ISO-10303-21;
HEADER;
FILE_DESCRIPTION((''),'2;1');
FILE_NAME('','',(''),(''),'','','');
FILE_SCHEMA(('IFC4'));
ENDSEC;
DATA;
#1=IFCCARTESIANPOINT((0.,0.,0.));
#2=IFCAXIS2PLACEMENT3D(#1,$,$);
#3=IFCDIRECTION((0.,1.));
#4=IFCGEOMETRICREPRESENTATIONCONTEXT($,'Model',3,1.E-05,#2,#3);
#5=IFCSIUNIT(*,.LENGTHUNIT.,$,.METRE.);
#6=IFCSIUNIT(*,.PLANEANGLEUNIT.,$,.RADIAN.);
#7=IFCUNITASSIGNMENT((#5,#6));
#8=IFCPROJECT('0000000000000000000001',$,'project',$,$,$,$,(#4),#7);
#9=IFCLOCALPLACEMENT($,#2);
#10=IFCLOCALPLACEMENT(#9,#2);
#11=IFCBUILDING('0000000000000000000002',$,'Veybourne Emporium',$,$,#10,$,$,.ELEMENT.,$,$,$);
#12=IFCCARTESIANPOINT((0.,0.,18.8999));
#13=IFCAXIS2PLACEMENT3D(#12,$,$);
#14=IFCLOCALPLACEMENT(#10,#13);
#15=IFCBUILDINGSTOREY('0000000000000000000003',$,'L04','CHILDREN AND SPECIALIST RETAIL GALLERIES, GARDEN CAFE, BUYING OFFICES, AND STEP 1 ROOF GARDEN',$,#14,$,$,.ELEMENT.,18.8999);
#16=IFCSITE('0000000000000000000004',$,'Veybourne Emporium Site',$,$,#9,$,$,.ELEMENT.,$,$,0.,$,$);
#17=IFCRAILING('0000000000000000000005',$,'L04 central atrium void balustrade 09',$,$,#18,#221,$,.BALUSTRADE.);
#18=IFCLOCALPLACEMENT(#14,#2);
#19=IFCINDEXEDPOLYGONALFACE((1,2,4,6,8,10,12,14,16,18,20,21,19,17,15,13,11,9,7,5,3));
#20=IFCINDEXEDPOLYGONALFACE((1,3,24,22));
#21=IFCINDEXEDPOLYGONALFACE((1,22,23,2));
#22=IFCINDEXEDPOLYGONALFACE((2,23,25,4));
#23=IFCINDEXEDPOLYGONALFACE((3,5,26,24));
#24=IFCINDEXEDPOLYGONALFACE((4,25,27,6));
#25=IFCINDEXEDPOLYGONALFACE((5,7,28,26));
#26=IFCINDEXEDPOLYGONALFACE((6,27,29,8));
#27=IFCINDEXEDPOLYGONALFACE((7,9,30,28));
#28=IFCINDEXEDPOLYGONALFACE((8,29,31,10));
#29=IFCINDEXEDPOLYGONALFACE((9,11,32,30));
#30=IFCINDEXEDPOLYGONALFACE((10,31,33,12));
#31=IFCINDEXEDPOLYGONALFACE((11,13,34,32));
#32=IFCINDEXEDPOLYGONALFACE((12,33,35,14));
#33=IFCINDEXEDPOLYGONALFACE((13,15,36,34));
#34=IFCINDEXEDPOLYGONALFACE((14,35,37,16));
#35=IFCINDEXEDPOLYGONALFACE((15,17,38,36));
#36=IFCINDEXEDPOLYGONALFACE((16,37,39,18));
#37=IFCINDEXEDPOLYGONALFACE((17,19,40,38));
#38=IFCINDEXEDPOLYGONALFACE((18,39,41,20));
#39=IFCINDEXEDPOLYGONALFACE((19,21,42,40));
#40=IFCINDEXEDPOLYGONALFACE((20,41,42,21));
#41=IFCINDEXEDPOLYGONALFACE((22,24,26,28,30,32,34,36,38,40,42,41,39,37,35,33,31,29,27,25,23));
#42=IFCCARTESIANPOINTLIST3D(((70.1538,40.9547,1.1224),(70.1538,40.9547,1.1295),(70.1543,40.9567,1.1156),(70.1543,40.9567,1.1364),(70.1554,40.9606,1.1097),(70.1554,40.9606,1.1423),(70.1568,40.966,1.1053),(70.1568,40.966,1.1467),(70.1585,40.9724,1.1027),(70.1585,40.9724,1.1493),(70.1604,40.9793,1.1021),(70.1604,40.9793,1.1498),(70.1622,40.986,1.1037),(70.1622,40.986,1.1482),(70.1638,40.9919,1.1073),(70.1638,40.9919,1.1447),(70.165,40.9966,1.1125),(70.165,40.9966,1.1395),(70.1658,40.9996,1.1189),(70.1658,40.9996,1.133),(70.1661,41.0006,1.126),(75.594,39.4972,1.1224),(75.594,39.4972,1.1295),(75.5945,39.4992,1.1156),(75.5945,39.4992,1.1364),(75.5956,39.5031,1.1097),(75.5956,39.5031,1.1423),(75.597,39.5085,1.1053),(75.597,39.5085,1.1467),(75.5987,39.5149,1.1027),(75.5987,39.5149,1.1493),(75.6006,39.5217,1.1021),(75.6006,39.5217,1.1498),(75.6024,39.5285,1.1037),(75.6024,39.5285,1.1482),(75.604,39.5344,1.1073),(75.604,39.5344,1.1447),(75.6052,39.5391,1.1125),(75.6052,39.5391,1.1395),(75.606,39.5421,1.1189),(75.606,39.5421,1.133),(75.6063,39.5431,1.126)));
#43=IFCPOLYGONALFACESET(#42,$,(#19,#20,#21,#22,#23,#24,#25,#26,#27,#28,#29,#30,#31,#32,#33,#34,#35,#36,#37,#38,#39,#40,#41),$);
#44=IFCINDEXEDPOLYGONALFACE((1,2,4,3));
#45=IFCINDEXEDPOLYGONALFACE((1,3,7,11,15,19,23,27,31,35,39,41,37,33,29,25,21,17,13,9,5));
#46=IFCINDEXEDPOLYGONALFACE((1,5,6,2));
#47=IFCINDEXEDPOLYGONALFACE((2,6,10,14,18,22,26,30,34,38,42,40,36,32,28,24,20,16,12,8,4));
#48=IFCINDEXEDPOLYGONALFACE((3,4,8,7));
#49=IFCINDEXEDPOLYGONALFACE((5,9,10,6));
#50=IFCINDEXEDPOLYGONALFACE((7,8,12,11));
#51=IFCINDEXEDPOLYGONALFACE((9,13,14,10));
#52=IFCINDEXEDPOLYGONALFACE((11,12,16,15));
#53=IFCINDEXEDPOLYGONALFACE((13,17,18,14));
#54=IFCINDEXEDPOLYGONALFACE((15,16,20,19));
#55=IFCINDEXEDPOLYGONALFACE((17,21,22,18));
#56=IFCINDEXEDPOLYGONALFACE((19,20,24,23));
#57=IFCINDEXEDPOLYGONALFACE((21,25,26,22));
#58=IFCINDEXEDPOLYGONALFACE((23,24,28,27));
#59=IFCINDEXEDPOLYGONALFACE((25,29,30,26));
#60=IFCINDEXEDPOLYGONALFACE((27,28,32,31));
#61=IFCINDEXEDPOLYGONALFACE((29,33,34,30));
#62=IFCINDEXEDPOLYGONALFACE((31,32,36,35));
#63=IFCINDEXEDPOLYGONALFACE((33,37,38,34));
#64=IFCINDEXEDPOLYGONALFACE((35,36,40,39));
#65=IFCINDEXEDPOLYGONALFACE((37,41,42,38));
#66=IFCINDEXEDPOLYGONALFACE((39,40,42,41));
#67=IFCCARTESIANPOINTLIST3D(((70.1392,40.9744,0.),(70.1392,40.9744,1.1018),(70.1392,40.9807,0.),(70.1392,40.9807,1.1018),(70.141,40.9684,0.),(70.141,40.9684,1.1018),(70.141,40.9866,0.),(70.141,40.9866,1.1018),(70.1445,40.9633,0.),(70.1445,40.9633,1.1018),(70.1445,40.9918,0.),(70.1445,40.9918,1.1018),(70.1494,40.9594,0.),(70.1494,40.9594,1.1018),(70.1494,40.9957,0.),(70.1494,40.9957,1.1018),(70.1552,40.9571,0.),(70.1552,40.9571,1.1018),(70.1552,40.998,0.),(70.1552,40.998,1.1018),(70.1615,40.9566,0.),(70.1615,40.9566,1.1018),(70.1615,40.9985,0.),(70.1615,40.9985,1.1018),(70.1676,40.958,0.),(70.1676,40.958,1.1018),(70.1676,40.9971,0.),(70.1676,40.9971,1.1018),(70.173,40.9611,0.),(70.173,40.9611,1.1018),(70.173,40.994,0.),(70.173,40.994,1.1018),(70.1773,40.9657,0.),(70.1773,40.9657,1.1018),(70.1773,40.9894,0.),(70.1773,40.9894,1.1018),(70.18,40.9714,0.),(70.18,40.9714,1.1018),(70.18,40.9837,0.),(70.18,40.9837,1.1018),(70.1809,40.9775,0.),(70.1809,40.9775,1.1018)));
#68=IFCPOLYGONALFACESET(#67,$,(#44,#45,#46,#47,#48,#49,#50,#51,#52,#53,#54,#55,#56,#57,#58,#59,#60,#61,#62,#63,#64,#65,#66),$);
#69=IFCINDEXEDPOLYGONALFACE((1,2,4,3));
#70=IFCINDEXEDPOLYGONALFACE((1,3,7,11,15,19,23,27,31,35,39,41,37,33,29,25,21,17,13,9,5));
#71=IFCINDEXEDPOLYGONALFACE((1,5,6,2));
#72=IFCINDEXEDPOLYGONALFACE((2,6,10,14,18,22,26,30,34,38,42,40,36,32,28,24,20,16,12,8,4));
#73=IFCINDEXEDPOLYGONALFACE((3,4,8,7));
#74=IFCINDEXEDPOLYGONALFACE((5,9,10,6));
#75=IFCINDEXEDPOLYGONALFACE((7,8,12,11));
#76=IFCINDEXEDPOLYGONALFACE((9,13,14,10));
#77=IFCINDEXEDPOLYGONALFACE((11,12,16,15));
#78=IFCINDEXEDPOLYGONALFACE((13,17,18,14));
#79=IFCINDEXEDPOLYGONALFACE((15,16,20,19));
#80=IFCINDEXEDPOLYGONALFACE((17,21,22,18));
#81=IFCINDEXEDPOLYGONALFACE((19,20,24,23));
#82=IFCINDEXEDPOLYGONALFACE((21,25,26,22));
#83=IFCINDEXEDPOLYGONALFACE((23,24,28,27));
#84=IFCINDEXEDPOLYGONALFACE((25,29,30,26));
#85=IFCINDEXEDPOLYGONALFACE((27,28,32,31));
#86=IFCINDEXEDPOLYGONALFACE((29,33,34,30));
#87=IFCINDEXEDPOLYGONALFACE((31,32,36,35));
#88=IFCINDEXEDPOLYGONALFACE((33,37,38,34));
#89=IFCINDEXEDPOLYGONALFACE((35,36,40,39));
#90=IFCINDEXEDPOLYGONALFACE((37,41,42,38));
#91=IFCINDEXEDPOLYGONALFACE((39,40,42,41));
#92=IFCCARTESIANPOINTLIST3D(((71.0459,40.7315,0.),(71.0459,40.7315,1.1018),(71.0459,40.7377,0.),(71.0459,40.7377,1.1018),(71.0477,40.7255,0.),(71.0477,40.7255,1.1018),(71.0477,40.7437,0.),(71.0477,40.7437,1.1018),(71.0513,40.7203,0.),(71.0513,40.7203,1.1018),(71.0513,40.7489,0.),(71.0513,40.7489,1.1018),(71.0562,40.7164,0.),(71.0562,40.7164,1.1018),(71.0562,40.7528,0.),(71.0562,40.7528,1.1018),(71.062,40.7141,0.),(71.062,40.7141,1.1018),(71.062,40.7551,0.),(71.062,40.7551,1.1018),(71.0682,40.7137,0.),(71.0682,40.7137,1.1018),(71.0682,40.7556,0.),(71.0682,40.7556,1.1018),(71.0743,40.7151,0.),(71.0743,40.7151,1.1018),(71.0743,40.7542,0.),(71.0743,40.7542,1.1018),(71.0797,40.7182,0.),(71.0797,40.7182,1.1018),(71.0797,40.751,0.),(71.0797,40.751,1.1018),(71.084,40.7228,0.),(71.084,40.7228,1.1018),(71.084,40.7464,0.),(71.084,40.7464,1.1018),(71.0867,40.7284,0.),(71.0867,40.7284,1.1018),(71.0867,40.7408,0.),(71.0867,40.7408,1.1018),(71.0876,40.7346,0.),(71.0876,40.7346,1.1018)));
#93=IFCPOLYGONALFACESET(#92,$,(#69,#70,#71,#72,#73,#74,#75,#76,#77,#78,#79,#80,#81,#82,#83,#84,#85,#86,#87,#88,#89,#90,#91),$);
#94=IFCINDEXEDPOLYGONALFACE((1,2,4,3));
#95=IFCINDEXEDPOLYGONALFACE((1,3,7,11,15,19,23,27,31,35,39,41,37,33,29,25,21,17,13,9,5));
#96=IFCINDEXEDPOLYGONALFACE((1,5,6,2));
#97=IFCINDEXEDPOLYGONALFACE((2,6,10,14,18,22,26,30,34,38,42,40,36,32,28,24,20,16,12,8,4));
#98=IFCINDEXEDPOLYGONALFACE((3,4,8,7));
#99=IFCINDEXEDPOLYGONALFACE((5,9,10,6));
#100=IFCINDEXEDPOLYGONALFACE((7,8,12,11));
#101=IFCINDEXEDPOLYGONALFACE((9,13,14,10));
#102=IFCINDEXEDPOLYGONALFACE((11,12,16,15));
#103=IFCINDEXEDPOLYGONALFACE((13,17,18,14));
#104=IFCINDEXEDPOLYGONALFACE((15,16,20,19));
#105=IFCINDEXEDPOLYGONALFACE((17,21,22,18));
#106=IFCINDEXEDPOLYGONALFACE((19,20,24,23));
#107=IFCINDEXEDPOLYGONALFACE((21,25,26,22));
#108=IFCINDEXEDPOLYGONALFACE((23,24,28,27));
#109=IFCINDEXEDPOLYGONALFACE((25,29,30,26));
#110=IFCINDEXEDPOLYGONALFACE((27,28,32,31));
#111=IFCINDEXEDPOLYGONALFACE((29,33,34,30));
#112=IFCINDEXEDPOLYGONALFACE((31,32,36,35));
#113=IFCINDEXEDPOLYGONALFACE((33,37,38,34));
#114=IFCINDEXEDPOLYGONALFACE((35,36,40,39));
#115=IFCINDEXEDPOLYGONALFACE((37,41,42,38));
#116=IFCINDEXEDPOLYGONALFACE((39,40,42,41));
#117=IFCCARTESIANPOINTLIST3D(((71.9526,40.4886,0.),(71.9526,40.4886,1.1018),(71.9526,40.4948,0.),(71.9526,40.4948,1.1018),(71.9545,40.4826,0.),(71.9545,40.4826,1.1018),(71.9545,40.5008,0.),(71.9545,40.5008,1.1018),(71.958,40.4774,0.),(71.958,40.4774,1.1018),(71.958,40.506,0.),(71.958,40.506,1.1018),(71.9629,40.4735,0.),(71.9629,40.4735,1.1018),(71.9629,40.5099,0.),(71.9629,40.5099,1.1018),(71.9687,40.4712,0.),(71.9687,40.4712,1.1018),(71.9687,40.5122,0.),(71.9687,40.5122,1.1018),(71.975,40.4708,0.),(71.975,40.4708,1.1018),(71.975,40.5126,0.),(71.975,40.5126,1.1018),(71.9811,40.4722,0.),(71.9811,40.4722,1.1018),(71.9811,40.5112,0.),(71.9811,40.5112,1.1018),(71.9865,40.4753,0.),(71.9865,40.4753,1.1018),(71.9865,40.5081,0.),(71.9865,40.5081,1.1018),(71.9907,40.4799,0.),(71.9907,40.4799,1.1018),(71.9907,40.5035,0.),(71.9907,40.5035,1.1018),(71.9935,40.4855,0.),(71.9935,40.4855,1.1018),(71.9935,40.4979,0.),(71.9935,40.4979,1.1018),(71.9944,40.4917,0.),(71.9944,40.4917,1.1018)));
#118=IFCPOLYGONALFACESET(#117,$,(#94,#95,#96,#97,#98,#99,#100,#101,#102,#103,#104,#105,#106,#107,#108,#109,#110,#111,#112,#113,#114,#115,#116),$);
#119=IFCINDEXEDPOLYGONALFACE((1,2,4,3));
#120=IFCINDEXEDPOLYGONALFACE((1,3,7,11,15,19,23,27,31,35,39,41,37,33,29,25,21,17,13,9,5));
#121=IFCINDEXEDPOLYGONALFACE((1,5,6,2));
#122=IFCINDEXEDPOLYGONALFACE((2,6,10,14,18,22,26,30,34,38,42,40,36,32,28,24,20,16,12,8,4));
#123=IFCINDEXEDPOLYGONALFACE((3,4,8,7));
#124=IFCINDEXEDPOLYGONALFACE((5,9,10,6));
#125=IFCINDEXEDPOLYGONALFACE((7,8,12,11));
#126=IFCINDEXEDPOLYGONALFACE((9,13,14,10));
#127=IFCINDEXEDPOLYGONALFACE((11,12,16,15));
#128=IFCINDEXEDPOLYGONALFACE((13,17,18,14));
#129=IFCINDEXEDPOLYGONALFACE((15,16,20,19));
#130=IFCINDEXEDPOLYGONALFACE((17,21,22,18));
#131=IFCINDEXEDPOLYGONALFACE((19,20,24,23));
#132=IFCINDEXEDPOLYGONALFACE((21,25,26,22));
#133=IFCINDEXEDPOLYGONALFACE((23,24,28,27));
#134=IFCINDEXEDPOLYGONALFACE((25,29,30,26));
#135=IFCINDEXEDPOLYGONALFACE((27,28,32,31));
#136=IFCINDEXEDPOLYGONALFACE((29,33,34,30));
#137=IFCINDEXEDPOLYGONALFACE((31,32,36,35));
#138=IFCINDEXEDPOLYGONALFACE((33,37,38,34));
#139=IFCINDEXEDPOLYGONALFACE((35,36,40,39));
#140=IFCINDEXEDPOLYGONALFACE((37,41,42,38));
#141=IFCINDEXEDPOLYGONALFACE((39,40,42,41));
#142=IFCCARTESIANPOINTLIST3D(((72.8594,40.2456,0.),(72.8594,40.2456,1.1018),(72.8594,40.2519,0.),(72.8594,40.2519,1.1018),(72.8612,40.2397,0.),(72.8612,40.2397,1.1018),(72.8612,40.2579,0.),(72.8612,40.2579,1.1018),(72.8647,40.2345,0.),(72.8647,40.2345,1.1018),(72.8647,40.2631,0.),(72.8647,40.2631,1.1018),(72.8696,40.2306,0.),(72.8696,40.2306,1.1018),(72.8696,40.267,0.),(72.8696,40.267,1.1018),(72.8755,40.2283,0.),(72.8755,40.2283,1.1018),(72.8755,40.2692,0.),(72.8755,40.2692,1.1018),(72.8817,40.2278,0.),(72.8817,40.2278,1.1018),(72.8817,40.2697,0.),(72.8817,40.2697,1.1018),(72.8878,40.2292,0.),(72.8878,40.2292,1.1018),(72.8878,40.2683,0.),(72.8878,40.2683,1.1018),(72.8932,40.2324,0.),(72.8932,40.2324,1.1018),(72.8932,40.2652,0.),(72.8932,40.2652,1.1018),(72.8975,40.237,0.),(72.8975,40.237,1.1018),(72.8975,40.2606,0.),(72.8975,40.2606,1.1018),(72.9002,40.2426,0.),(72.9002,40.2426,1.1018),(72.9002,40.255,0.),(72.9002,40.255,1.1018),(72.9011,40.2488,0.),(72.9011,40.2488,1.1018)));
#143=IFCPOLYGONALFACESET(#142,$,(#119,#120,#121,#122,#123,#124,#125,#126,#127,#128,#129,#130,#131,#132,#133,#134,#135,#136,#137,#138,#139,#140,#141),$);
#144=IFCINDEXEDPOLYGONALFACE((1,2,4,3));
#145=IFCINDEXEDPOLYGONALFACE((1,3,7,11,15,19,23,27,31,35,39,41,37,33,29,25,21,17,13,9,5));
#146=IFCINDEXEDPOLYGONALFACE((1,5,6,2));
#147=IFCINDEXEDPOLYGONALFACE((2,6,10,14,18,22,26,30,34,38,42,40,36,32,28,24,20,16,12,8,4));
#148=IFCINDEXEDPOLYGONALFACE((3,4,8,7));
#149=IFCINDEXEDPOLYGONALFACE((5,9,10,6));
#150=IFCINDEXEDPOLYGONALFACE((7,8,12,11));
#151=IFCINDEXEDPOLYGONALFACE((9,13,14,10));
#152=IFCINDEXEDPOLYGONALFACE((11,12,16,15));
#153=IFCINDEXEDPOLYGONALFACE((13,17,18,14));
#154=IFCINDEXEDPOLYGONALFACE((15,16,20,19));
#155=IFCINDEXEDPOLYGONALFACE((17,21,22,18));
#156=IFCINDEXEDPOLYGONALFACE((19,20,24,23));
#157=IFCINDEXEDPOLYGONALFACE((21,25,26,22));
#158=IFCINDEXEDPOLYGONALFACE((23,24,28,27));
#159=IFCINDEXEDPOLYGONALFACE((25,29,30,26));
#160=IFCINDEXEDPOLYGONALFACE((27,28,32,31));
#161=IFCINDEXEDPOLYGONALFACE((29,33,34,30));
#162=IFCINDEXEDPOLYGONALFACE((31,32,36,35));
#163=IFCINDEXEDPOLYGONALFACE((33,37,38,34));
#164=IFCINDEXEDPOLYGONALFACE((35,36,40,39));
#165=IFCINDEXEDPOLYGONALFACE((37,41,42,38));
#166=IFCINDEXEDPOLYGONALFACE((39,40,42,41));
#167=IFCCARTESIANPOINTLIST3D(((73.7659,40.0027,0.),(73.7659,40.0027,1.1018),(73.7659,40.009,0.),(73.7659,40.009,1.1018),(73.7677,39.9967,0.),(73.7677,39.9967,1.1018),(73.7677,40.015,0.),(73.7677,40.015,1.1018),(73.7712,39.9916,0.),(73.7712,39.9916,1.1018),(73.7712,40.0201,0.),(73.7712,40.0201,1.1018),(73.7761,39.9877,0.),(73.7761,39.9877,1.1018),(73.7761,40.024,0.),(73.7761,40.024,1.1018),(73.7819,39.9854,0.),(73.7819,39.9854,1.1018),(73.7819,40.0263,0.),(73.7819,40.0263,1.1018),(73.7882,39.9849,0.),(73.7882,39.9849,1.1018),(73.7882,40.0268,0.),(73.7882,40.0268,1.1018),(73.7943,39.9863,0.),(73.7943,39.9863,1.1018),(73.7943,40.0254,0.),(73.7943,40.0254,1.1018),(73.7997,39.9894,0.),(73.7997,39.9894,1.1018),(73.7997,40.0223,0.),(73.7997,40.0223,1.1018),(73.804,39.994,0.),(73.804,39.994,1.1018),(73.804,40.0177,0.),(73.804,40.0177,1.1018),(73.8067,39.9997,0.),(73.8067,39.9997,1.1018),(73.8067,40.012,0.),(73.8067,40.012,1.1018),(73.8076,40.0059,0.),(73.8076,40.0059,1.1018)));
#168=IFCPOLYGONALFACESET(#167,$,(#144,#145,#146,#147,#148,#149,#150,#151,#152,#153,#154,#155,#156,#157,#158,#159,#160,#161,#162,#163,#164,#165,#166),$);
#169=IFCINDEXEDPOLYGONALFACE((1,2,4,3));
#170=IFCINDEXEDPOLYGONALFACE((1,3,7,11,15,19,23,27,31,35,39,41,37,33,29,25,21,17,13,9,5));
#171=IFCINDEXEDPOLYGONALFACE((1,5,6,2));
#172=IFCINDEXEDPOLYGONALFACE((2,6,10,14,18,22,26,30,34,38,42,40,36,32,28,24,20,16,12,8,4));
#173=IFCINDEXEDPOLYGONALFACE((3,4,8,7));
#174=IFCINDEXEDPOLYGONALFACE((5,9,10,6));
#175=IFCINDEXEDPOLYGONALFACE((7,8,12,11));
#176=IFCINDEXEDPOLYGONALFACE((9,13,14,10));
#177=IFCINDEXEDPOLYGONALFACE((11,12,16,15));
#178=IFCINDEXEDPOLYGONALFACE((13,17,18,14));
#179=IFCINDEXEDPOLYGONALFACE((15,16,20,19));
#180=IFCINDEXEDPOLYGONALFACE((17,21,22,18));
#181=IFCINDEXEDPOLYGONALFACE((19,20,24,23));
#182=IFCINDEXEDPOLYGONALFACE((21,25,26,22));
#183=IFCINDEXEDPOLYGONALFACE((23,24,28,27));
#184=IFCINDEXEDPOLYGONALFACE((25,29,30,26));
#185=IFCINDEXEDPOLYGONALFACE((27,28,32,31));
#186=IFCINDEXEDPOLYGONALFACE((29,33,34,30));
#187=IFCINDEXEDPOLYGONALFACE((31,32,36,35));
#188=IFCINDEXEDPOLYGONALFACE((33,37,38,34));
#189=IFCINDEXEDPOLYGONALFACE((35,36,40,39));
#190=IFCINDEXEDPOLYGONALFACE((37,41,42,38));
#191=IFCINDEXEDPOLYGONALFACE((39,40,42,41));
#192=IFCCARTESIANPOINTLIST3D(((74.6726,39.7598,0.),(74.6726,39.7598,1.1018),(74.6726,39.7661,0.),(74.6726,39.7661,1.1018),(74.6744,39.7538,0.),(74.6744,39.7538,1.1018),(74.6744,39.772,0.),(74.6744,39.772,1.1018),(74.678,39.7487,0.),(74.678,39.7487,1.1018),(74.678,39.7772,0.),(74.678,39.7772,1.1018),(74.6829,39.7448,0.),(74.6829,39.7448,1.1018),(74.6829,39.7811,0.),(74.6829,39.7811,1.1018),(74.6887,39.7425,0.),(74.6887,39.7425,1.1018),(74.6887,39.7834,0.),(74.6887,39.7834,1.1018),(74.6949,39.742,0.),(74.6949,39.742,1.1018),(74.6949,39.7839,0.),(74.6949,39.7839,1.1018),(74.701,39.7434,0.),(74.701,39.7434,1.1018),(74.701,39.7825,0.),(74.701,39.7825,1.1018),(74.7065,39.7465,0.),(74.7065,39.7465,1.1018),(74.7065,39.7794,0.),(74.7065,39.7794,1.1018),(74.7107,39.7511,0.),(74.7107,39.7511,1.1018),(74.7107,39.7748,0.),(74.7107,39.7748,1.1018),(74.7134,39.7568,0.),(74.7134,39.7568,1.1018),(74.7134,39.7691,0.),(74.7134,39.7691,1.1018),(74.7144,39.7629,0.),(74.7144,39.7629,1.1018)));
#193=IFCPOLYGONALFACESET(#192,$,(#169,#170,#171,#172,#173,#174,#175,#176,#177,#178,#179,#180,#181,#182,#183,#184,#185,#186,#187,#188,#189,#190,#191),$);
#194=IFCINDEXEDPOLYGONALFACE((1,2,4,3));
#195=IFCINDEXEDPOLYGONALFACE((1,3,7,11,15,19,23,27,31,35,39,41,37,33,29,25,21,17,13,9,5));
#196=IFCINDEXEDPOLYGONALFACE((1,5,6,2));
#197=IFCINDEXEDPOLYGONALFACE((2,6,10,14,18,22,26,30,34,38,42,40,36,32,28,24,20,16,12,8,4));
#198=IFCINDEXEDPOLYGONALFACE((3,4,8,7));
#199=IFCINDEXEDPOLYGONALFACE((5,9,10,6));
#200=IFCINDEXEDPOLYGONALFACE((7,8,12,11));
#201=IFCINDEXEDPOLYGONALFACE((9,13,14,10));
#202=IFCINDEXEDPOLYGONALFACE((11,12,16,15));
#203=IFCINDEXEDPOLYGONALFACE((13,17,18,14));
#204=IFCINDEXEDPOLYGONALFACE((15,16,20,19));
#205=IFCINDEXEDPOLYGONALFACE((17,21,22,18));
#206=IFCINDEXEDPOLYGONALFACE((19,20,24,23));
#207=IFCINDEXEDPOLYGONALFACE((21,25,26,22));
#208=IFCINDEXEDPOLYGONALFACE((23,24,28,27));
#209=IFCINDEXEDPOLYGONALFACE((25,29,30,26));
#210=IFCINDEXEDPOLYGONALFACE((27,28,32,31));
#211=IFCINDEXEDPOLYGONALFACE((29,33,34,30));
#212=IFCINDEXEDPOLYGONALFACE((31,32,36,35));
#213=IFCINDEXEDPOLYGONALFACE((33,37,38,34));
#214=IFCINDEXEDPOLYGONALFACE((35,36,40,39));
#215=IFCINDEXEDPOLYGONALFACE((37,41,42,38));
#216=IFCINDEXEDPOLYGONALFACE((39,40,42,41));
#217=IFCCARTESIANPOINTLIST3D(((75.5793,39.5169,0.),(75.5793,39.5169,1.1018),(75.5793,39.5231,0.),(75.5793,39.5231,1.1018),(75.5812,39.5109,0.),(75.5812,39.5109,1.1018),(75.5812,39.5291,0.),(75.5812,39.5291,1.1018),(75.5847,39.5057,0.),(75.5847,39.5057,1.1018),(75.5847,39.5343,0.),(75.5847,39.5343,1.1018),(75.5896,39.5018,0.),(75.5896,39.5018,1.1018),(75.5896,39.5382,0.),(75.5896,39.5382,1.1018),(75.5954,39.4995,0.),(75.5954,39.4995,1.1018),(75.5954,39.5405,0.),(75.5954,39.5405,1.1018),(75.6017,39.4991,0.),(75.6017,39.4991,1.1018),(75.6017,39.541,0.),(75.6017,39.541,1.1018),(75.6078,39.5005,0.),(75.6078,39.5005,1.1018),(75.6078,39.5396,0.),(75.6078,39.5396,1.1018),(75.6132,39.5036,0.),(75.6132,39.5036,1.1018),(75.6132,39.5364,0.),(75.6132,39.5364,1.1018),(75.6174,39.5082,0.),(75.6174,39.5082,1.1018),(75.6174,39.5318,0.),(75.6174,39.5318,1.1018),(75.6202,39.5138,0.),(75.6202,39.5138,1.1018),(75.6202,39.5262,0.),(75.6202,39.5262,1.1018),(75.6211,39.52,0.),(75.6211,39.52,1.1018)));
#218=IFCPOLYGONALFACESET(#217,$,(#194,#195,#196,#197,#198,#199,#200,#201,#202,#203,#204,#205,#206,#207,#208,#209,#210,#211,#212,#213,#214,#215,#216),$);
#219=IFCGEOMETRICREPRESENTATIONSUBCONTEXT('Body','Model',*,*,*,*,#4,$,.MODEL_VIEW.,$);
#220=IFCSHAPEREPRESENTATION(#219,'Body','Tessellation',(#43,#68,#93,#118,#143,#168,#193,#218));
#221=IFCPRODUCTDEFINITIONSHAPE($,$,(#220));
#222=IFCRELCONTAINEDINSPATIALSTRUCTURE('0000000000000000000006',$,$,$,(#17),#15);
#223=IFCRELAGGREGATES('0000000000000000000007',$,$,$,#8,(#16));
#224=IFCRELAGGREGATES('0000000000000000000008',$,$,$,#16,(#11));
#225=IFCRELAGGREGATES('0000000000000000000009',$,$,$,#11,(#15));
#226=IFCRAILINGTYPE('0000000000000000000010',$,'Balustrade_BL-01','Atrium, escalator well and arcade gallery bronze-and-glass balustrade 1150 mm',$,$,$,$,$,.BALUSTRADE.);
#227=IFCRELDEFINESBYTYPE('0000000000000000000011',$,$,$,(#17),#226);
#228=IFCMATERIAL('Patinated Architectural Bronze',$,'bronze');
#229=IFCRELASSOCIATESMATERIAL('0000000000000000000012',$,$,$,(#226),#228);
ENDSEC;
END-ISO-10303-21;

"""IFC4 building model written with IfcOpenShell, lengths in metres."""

from ifc_helpers import new_model, si_unit, direction, frame, origin, origin_2d, place, context, subcontext, project, spatial, circle, extrude, material, type_object, element, save


model = new_model("IFC4")

# Units and contexts
model_context = context("Model", 3, precision=1e-05, world=origin(), true_north=direction((0.0, 1.0)))
body_context = subcontext(model_context, "Body", "Model", "MODEL_VIEW")
ifc_project = project(units=[si_unit("LENGTHUNIT", "METRE"), si_unit("PLANEANGLEUNIT", "RADIAN")], contexts=[model_context])

# Site, building, storey
site_placement = place(None, origin())
site = spatial("IfcSite", under=ifc_project, at=site_placement, Name="Veybourne Emporium Site", CompositionType="ELEMENT", RefElevation=0.0)
building_placement = place(site_placement, origin())
building = spatial("IfcBuilding", under=site, at=building_placement, Name="Veybourne Emporium", CompositionType="ELEMENT")
storey_placement = place(building_placement, frame((0.0, 0.0, 18.8999)))
storey = spatial("IfcBuildingStorey", under=building, at=storey_placement, Name="L04", Description="CHILDREN AND SPECIALIST RETAIL GALLERIES, GARDEN CAFE, BUYING OFFICES, AND STEP 1 ROOF GARDEN", CompositionType="ELEMENT", Elevation=18.8999)

# Shared definitions
ifc_material_1 = material(Name="Patinated Architectural Bronze", Category="bronze")

# Railing
railing_type = type_object("IfcRailingType", Name="Balustrade_BL-01", Description="Atrium, escalator well and arcade gallery bronze-and-glass balustrade 1150 mm", PredefinedType="BALUSTRADE", material=ifc_material_1)
railing_placement = place(storey_placement, frame((70.1599, 40.9775, 0.0)))
element("IfcRailing", 1, at=railing_placement, inside=storey, type_object=railing_type, Name="L04 central atrium void balustrade 09", PredefinedType="BALUSTRADE", context=body_context, shape_type="SweptSolid", body=[
    extrude(circle(Radius=0.0239, at=origin_2d()), frame((0.0, 0.0, 1.126), z_axis=(0.965934, -0.25879, 0.0), x_axis=(0.25879, 0.965934, 0.0)), (0.0, 0.0, 1.0), 5.6321),
    extrude(circle(Radius=0.021, at=origin_2d()), origin(), (0.0, 0.0, 1.0), 1.1018),
    extrude(circle(Radius=0.021, at=origin_2d()), frame((0.9067, -0.2429, 0.0)), (0.0, 0.0, 1.0), 1.1018),
    extrude(circle(Radius=0.021, at=origin_2d()), frame((1.8135, -0.4858, 0.0)), (0.0, 0.0, 1.0), 1.1018),
    extrude(circle(Radius=0.021, at=origin_2d()), frame((2.7202, -0.7288, 0.0)), (0.0, 0.0, 1.0), 1.1018),
    extrude(circle(Radius=0.021, at=origin_2d()), frame((3.6267, -0.9717, 0.0)), (0.0, 0.0, 1.0), 1.1018),
    extrude(circle(Radius=0.021, at=origin_2d()), frame((4.5334, -1.2146, 0.0)), (0.0, 0.0, 1.0), 1.1018),
    extrude(circle(Radius=0.021, at=origin_2d()), frame((5.4402, -1.4575, 0.0)), (0.0, 0.0, 1.0), 1.1018),
])

save(model, "model.ifc")
